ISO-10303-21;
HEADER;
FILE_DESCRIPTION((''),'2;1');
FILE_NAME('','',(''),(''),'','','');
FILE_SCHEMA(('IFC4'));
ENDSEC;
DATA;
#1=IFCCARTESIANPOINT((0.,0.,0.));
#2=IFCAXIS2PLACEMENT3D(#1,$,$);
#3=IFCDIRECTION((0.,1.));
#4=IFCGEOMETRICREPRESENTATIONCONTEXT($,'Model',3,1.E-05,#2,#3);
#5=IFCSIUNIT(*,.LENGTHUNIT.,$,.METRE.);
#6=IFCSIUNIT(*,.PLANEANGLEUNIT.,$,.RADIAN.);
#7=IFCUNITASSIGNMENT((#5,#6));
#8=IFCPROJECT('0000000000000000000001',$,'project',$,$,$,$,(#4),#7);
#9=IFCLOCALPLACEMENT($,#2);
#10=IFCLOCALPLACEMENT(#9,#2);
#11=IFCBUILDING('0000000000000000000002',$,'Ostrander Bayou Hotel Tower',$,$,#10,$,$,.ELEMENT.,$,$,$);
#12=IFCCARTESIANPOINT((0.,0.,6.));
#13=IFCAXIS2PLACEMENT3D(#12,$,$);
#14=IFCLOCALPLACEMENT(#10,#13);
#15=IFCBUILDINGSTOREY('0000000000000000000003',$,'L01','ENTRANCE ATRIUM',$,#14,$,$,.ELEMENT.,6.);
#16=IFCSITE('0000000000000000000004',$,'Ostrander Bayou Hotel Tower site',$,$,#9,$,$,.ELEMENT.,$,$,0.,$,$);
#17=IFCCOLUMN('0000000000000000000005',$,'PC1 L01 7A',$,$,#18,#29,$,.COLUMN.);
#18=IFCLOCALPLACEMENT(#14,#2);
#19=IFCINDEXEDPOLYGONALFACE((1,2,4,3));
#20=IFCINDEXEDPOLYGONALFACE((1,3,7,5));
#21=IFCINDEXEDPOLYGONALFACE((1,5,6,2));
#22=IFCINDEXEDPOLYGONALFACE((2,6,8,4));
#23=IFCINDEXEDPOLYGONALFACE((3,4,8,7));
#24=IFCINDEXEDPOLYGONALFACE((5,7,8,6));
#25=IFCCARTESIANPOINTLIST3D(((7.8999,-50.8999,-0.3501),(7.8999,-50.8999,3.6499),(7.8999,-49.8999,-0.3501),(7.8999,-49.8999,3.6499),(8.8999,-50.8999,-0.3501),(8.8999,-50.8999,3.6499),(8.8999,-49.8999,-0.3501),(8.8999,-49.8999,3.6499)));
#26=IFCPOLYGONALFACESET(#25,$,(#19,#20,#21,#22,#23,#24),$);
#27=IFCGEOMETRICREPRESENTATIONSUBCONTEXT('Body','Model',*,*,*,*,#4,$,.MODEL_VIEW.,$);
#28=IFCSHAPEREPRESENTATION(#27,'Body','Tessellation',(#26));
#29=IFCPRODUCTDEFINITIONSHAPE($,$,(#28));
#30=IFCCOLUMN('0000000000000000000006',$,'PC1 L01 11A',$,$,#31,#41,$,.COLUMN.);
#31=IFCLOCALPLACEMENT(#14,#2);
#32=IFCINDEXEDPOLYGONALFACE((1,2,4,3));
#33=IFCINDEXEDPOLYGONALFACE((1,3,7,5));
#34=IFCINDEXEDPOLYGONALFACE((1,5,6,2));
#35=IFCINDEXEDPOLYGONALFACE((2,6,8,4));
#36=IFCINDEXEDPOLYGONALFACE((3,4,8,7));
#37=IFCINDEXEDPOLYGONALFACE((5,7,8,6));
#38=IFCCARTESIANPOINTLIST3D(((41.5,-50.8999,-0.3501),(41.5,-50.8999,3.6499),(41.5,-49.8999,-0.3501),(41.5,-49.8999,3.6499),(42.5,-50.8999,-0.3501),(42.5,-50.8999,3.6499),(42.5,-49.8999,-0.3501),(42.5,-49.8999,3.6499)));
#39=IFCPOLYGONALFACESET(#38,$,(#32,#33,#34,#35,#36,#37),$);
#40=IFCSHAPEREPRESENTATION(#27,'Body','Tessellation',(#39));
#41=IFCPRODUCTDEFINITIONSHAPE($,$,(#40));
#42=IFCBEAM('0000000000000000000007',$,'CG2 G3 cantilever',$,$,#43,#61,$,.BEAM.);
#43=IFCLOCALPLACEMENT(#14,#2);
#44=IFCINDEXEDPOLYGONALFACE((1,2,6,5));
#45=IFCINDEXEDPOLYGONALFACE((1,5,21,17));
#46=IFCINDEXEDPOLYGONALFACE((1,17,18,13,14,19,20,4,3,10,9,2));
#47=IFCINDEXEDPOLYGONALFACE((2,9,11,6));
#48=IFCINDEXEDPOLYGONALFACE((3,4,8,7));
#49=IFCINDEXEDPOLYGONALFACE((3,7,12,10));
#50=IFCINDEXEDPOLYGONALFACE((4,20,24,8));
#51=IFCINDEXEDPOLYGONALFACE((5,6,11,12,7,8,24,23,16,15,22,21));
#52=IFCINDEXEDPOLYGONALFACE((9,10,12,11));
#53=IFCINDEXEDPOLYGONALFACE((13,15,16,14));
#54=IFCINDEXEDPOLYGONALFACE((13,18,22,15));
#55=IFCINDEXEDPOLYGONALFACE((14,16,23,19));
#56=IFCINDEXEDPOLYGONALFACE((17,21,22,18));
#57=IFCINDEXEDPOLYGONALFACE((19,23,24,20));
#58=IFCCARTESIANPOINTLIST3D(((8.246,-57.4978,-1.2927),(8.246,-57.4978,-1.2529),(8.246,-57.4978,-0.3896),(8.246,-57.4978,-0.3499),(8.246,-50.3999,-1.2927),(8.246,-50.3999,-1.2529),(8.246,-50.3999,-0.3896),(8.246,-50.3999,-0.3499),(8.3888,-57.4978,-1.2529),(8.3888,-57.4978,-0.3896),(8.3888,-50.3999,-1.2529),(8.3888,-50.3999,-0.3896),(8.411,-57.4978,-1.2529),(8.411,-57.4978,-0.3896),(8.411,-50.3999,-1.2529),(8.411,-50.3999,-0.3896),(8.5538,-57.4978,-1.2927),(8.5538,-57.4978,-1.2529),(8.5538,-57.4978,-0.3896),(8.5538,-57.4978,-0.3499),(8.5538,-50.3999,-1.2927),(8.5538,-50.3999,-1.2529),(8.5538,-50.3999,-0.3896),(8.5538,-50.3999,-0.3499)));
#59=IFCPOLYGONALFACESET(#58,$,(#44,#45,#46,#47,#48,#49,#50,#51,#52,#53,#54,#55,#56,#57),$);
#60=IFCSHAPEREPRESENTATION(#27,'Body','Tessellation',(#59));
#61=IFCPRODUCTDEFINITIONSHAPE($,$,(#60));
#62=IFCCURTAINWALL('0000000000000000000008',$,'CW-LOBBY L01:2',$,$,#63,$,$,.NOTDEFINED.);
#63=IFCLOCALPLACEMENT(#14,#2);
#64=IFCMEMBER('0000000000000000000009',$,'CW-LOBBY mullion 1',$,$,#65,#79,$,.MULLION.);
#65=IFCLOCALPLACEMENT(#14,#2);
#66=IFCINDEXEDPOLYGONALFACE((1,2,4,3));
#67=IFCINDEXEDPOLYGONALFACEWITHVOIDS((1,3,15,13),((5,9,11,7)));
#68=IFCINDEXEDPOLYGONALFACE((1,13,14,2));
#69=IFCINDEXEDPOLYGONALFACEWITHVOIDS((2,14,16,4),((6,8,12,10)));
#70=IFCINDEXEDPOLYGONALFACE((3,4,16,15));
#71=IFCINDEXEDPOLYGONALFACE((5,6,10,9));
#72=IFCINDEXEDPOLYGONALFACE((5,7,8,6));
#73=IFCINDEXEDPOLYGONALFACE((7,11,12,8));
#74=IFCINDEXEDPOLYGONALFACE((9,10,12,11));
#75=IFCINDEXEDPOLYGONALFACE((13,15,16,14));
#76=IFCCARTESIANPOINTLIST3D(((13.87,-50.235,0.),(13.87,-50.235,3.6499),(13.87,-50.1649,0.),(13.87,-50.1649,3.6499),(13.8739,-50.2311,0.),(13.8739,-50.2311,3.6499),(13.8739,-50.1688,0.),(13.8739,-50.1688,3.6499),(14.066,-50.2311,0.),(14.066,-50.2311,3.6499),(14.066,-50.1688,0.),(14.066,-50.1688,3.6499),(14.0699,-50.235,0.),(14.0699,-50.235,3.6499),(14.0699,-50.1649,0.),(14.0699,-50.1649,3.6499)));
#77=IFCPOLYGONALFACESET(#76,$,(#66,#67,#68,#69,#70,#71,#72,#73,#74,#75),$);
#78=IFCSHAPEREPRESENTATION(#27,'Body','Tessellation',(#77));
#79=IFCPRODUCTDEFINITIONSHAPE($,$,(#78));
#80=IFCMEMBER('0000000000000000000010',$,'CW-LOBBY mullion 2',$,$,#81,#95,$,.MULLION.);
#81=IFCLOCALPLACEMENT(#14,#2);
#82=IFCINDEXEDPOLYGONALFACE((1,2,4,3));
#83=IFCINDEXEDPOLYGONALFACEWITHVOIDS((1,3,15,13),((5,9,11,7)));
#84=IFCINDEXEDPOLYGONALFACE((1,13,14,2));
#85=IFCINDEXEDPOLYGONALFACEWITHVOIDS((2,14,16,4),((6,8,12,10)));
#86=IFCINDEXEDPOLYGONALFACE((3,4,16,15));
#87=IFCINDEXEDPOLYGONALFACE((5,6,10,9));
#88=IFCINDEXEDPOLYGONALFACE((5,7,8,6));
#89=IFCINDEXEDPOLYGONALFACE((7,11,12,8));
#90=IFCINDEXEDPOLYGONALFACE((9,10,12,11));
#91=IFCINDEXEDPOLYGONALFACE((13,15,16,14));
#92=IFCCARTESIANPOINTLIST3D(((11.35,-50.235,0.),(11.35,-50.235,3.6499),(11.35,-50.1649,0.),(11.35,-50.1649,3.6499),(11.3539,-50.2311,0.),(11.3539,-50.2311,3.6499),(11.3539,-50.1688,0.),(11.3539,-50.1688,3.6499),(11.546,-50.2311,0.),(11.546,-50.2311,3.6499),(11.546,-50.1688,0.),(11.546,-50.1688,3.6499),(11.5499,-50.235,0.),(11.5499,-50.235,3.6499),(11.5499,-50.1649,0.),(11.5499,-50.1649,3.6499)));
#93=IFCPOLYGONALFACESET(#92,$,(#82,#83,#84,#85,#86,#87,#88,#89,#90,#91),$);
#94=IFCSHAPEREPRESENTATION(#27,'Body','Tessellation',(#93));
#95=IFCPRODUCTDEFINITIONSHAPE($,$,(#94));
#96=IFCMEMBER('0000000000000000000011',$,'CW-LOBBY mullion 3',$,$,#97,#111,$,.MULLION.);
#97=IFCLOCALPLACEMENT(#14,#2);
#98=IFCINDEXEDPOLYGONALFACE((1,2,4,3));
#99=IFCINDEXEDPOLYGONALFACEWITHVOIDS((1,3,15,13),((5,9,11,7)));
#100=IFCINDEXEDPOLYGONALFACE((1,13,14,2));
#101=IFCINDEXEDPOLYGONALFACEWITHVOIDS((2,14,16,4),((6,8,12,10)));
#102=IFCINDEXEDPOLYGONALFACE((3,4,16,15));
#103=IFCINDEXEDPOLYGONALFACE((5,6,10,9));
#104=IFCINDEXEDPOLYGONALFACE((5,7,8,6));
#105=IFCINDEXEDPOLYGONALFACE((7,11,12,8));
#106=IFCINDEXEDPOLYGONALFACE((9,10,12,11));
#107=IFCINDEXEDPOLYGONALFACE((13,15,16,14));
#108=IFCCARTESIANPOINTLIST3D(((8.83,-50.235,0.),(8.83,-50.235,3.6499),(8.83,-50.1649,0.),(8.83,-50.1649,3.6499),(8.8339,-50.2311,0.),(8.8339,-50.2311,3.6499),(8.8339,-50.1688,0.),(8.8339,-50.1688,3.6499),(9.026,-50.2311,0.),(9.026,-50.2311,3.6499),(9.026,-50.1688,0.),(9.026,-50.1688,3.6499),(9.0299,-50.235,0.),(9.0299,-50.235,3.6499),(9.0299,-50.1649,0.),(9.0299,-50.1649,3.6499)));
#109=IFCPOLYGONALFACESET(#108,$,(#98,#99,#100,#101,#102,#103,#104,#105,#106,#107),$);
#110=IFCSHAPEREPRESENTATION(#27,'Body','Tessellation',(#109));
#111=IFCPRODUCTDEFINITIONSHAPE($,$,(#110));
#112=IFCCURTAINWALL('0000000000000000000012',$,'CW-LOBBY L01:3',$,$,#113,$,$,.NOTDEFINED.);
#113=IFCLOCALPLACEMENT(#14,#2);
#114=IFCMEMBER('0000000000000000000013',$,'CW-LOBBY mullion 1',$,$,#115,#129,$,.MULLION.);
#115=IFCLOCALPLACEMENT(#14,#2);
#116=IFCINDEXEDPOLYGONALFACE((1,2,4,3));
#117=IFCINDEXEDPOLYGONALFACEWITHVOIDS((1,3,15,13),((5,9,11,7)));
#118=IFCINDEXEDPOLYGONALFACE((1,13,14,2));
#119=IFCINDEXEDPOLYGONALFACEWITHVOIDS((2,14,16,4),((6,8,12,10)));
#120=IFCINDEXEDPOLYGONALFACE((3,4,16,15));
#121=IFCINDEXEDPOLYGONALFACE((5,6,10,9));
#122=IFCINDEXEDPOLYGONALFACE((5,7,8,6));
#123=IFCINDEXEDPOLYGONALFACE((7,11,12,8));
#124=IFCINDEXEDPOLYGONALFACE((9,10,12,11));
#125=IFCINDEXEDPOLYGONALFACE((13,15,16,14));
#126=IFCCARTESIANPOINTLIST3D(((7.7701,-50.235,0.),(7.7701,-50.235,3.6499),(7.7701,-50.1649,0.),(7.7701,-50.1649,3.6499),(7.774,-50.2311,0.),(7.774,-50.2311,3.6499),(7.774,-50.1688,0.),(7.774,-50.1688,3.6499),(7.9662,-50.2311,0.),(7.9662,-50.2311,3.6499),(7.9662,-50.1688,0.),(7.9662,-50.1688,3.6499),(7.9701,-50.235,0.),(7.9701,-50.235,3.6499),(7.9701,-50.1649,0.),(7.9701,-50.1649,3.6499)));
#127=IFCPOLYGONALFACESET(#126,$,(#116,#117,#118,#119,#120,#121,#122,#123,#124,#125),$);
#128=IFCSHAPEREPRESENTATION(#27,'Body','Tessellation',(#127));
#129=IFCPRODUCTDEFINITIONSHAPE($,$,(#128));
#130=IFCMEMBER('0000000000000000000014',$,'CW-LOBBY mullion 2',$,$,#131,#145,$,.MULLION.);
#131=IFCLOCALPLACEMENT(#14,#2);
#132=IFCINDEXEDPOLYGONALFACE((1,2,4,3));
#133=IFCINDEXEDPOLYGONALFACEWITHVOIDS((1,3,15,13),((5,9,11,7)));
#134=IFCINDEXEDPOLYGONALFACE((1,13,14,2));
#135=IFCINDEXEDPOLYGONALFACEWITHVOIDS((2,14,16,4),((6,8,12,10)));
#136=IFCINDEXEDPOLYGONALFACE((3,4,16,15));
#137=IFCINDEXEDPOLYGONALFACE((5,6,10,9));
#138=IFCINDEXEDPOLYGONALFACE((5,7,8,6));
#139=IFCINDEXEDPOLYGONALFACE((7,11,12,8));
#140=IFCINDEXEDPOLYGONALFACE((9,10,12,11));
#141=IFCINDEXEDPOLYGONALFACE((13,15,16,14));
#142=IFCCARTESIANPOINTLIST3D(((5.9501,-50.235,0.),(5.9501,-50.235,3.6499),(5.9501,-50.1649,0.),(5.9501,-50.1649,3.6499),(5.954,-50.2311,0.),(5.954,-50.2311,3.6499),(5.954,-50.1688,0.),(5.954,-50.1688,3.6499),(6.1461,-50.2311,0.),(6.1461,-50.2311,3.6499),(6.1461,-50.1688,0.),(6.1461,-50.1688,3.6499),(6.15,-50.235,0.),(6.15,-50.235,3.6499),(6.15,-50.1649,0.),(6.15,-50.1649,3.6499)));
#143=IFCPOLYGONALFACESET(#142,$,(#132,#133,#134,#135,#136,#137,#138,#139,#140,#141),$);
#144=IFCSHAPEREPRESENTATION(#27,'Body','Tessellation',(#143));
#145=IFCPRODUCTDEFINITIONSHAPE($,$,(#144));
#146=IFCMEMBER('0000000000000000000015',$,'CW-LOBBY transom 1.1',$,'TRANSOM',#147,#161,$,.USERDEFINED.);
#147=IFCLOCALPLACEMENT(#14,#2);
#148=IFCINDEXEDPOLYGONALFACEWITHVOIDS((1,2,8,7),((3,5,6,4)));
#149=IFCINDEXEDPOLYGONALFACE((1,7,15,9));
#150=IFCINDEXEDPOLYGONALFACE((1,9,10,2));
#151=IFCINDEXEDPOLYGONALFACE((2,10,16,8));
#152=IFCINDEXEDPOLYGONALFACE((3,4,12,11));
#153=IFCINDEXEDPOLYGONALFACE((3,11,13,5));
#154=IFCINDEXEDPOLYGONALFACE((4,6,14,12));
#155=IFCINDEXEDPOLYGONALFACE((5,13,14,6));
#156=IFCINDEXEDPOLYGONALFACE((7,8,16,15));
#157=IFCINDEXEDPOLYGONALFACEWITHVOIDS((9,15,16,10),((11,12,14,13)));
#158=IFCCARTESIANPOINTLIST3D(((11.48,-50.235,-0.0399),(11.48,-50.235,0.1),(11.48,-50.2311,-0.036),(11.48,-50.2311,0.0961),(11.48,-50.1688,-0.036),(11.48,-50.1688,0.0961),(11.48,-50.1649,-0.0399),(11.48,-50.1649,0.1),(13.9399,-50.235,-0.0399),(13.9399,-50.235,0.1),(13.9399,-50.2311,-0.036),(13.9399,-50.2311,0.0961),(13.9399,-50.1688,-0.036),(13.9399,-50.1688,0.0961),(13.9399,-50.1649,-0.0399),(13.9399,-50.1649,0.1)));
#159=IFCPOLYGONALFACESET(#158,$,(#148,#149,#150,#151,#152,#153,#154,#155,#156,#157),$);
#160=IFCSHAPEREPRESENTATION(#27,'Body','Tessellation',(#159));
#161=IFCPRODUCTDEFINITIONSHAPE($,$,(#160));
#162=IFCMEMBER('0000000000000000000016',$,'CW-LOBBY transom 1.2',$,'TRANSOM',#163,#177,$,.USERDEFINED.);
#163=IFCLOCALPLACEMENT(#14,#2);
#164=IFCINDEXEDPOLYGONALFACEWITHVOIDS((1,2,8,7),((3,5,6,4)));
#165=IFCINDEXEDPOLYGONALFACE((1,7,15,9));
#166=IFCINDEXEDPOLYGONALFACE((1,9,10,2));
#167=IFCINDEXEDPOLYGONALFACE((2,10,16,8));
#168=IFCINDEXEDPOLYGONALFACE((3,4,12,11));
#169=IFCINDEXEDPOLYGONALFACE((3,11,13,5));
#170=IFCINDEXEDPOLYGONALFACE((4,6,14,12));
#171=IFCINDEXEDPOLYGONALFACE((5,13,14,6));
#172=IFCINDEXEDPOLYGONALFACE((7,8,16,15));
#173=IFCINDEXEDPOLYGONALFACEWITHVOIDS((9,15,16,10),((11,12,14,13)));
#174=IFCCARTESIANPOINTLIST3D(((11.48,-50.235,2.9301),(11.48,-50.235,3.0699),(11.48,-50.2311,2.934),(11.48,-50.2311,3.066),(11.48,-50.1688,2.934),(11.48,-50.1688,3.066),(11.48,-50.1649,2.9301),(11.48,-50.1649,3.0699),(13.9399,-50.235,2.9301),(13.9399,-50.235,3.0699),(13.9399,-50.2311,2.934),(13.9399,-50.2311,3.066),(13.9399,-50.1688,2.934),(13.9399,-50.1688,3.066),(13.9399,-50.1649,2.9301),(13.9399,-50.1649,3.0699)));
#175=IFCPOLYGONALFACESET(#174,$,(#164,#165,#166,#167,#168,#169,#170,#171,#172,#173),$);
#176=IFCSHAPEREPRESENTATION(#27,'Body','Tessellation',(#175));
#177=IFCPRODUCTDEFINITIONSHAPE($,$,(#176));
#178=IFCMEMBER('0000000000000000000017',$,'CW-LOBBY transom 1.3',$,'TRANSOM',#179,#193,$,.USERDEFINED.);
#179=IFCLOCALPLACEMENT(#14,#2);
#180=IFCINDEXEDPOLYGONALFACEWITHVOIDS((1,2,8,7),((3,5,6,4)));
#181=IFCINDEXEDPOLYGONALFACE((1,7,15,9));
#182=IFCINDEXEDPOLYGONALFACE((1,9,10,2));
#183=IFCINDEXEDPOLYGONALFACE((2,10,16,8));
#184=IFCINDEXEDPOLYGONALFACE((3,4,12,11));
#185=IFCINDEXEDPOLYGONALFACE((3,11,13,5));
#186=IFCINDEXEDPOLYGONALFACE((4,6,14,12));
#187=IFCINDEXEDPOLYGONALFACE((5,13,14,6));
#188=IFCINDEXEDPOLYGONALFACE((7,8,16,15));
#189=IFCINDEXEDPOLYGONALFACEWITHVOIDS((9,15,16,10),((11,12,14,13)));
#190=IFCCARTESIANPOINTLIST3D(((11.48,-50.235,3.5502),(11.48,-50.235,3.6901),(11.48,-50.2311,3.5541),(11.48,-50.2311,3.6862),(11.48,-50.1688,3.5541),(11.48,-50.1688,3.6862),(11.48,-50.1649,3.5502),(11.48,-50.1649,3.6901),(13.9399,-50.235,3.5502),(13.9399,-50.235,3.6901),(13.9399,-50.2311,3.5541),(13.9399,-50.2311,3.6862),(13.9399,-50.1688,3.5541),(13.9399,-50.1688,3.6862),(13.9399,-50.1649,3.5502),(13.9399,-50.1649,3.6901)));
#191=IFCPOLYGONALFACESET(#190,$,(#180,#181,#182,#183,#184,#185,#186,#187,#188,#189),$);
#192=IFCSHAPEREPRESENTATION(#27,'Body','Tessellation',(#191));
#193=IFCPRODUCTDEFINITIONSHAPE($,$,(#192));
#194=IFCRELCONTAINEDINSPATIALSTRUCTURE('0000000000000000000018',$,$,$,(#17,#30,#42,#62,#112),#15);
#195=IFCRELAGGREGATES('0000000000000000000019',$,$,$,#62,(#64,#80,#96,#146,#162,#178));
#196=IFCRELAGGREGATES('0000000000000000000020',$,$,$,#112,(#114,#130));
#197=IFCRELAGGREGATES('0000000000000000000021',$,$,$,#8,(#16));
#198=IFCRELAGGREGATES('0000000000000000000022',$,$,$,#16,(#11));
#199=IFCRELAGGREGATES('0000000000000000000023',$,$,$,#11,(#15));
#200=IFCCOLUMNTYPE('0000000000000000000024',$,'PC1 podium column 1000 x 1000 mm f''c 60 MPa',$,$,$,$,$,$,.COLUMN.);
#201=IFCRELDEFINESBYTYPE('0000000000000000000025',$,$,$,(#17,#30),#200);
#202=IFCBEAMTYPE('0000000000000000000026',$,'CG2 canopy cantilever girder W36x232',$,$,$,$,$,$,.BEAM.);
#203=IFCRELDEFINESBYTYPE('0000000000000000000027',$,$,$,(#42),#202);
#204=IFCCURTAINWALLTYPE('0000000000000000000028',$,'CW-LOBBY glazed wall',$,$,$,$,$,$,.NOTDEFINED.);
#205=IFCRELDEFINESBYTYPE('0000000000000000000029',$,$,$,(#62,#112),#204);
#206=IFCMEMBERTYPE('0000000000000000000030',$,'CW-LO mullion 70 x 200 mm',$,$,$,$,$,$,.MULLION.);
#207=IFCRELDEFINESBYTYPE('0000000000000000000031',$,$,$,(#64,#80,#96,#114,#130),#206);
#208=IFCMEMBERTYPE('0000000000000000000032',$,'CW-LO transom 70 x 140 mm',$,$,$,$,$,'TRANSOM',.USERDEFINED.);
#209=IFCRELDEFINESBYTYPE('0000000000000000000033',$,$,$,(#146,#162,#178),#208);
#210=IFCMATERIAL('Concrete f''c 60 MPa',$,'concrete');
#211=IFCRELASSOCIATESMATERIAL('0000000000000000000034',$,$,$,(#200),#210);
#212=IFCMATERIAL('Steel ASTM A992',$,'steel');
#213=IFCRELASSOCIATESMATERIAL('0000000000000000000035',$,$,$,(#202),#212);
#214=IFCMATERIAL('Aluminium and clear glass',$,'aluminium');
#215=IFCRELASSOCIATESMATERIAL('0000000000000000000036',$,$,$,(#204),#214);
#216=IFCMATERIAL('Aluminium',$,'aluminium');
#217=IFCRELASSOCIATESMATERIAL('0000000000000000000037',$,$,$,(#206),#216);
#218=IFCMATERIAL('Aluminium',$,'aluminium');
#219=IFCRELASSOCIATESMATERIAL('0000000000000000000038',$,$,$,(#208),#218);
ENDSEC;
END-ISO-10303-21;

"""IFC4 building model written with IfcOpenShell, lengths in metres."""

from ifc_helpers import new_model, si_unit, direction, frame, origin, origin_2d, place, context, subcontext, project, spatial, rectangle, hollow_rectangle, i_section, extrude, material, material_profile, profile_set, type_object, element, aggregate, save


model = new_model("IFC4")

# Units and contexts
model_context = context("Model", 3, precision=1e-05, world=origin(), true_north=direction((0.0, 1.0)))
body_context = subcontext(model_context, "Body", "Model", "MODEL_VIEW")
ifc_project = project(units=[si_unit("LENGTHUNIT", "METRE"), si_unit("PLANEANGLEUNIT", "RADIAN")], contexts=[model_context])

# Site, building, storey
site_placement = place(None, origin())
site = spatial("IfcSite", under=ifc_project, at=site_placement, Name="Ostrander Bayou Hotel Tower site", CompositionType="ELEMENT", RefElevation=0.0)
building_placement = place(site_placement, origin())
building = spatial("IfcBuilding", under=site, at=building_placement, Name="Ostrander Bayou Hotel Tower", CompositionType="ELEMENT")
storey_placement = place(building_placement, frame((0.0, 0.0, 6.0)))
storey = spatial("IfcBuildingStorey", under=building, at=storey_placement, Name="L01", Description="ENTRANCE ATRIUM", CompositionType="ELEMENT", Elevation=6.0)

# Columns
ifc_material_1 = material(Name="Concrete f'c 60 MPa", Category="concrete")
ifc_material_profile_1 = material_profile(ifc_material_1, rectangle(XDim=1.0, YDim=1.0, at=origin_2d()))
ifc_profile_set_1 = profile_set([ifc_material_profile_1], Name="Concrete f'c 60 MPa")
column_type = type_object("IfcColumnType", Name="PC1 podium column 1000 x 1000 mm f'c 60 MPa", PredefinedType="COLUMN", material=ifc_profile_set_1)
for number, where, z_axis, x_axis, name in (
    (1, (8.3999, -50.3999, -0.3501), (0.0, 0.0, 1.0), (1.0, 0.0, 0.0), "PC1 L01 7A"),
    (2, (42.0, -50.3999, -0.3501), (0.0, 0.0, 1.0), (1.0, 0.0, 0.0), "PC1 L01 11A"),
):
    element("IfcColumn", number, at=place(storey_placement, frame(where, z_axis=z_axis, x_axis=x_axis)), inside=storey, type_object=column_type, Name=name, PredefinedType="COLUMN", context=body_context, shape_type="SweptSolid", body=[
        extrude(rectangle(XDim=1.0, YDim=1.0, at=origin_2d()), origin(), (0.0, 0.0, 1.0), 4.0),
    ])

# Beam
ifc_material_2 = material(Name="Steel ASTM A992", Category="steel")
ifc_material_profile_2 = material_profile(ifc_material_2, i_section(OverallWidth=0.3079, OverallDepth=0.9429, WebThickness=0.0222, FlangeThickness=0.0398, at=origin_2d()))
ifc_profile_set_2 = profile_set([ifc_material_profile_2], Name="Steel ASTM A992")
beam_type = type_object("IfcBeamType", Name="CG2 canopy cantilever girder W36x232", PredefinedType="BEAM", material=ifc_profile_set_2)
beam_placement = place(storey_placement, frame((8.3999, -50.3999, -0.8213), z_axis=(0.0, -1.0, 0.0), x_axis=(1.0, 0.0, 0.0)))
element("IfcBeam", 3, at=beam_placement, inside=storey, type_object=beam_type, Name="CG2 G3 cantilever", PredefinedType="BEAM", context=body_context, shape_type="SweptSolid", body=[
    extrude(i_section(OverallWidth=0.3079, OverallDepth=0.9429, WebThickness=0.0222, FlangeThickness=0.0398, at=origin_2d()), origin(), (0.0, 0.0, 1.0), 7.0979),
])

# Curtain walls, members
ifc_material_3 = material(Name="Aluminium and clear glass", Category="aluminium")
curtain_wall_type = type_object("IfcCurtainWallType", Name="CW-LOBBY glazed wall", PredefinedType="NOTDEFINED", material=ifc_material_3)
curtain_wall_1_placement = place(storey_placement, origin())
curtain_wall_1 = element("IfcCurtainWall", 4, at=curtain_wall_1_placement, inside=storey, type_object=curtain_wall_type, Name="CW-LOBBY L01:2", PredefinedType="NOTDEFINED")
ifc_material_4 = material(Name="Aluminium", Category="aluminium")
ifc_material_profile_3 = material_profile(ifc_material_4, hollow_rectangle(XDim=0.0701, YDim=0.2, WallThickness=0.0039, at=origin_2d()))
ifc_profile_set_3 = profile_set([ifc_material_profile_3], Name="Aluminium")
member_type_1 = type_object("IfcMemberType", Name="CW-LO mullion 70 x 200 mm", PredefinedType="MULLION", material=ifc_profile_set_3)
member_1_placement = place(storey_placement, frame((13.97, -50.2, 0.0), z_axis=(0.0, 0.0, 1.0), x_axis=(0.0, -1.0, 0.0)))
member_1 = element("IfcMember", 5, at=member_1_placement, type_object=member_type_1, Name="CW-LOBBY mullion 1", PredefinedType="MULLION", context=body_context, shape_type="SweptSolid", body=[
    extrude(hollow_rectangle(XDim=0.0701, YDim=0.2, WallThickness=0.0039, at=origin_2d()), origin(), (0.0, 0.0, 1.0), 3.6499),
])
member_2_placement = place(storey_placement, frame((11.45, -50.2, 0.0), z_axis=(0.0, 0.0, 1.0), x_axis=(0.0, -1.0, 0.0)))
member_2 = element("IfcMember", 6, at=member_2_placement, type_object=member_type_1, Name="CW-LOBBY mullion 2", PredefinedType="MULLION", context=body_context, shape_type="SweptSolid", body=[
    extrude(hollow_rectangle(XDim=0.0701, YDim=0.2, WallThickness=0.0039, at=origin_2d()), origin(), (0.0, 0.0, 1.0), 3.6499),
])
member_3_placement = place(storey_placement, frame((8.9299, -50.2, 0.0), z_axis=(0.0, 0.0, 1.0), x_axis=(0.0, -1.0, 0.0)))
member_3 = element("IfcMember", 7, at=member_3_placement, type_object=member_type_1, Name="CW-LOBBY mullion 3", PredefinedType="MULLION", context=body_context, shape_type="SweptSolid", body=[
    extrude(hollow_rectangle(XDim=0.0701, YDim=0.2, WallThickness=0.0039, at=origin_2d()), origin(), (0.0, 0.0, 1.0), 3.6499),
])
curtain_wall_2_placement = place(storey_placement, origin())
curtain_wall_2 = element("IfcCurtainWall", 8, at=curtain_wall_2_placement, inside=storey, type_object=curtain_wall_type, Name="CW-LOBBY L01:3", PredefinedType="NOTDEFINED")
member_4_placement = place(storey_placement, frame((7.8701, -50.2, 0.0), z_axis=(0.0, 0.0, 1.0), x_axis=(0.0, -1.0, 0.0)))
member_4 = element("IfcMember", 9, at=member_4_placement, type_object=member_type_1, Name="CW-LOBBY mullion 1", PredefinedType="MULLION", context=body_context, shape_type="SweptSolid", body=[
    extrude(hollow_rectangle(XDim=0.0701, YDim=0.2, WallThickness=0.0039, at=origin_2d()), origin(), (0.0, 0.0, 1.0), 3.6499),
])
member_5_placement = place(storey_placement, frame((6.05, -50.2, 0.0), z_axis=(0.0, 0.0, 1.0), x_axis=(0.0, -1.0, 0.0)))
member_5 = element("IfcMember", 10, at=member_5_placement, type_object=member_type_1, Name="CW-LOBBY mullion 2", PredefinedType="MULLION", context=body_context, shape_type="SweptSolid", body=[
    extrude(hollow_rectangle(XDim=0.0701, YDim=0.2, WallThickness=0.0039, at=origin_2d()), origin(), (0.0, 0.0, 1.0), 3.6499),
])

# Members
ifc_material_5 = material(Name="Aluminium", Category="aluminium")
ifc_material_profile_4 = material_profile(ifc_material_5, hollow_rectangle(XDim=0.0701, YDim=0.1399, WallThickness=0.0039, at=origin_2d()))
ifc_profile_set_4 = profile_set([ifc_material_profile_4], Name="Aluminium")
member_type_2 = type_object("IfcMemberType", Name="CW-LO transom 70 x 140 mm", ElementType="TRANSOM", PredefinedType="USERDEFINED", material=ifc_profile_set_4)
member_6_placement = place(storey_placement, frame((13.9399, -50.2, 0.03), z_axis=(-1.0, 0.0, 0.0), x_axis=(0.0, -1.0, 0.0)))
member_6 = element("IfcMember", 11, at=member_6_placement, type_object=member_type_2, Name="CW-LOBBY transom 1.1", ObjectType="TRANSOM", PredefinedType="USERDEFINED", context=body_context, shape_type="SweptSolid", body=[
    extrude(hollow_rectangle(XDim=0.0701, YDim=0.1399, WallThickness=0.0039, at=origin_2d()), origin(), (0.0, 0.0, 1.0), 2.46),
])
member_7_placement = place(storey_placement, frame((13.9399, -50.2, 3.0), z_axis=(-1.0, 0.0, 0.0), x_axis=(0.0, -1.0, 0.0)))
member_7 = element("IfcMember", 12, at=member_7_placement, type_object=member_type_2, Name="CW-LOBBY transom 1.2", ObjectType="TRANSOM", PredefinedType="USERDEFINED", context=body_context, shape_type="SweptSolid", body=[
    extrude(hollow_rectangle(XDim=0.0701, YDim=0.1399, WallThickness=0.0039, at=origin_2d()), origin(), (0.0, 0.0, 1.0), 2.46),
])
member_8_placement = place(storey_placement, frame((13.9399, -50.2, 3.6201), z_axis=(-1.0, 0.0, 0.0), x_axis=(0.0, -1.0, 0.0)))
member_8 = element("IfcMember", 13, at=member_8_placement, type_object=member_type_2, Name="CW-LOBBY transom 1.3", ObjectType="TRANSOM", PredefinedType="USERDEFINED", context=body_context, shape_type="SweptSolid", body=[
    extrude(hollow_rectangle(XDim=0.0701, YDim=0.1399, WallThickness=0.0039, at=origin_2d()), origin(), (0.0, 0.0, 1.0), 2.46),
])

aggregate(curtain_wall_1, [member_1, member_2, member_3, member_6, member_7, member_8])
aggregate(curtain_wall_2, [member_4, member_5])

save(model, "model.ifc")
